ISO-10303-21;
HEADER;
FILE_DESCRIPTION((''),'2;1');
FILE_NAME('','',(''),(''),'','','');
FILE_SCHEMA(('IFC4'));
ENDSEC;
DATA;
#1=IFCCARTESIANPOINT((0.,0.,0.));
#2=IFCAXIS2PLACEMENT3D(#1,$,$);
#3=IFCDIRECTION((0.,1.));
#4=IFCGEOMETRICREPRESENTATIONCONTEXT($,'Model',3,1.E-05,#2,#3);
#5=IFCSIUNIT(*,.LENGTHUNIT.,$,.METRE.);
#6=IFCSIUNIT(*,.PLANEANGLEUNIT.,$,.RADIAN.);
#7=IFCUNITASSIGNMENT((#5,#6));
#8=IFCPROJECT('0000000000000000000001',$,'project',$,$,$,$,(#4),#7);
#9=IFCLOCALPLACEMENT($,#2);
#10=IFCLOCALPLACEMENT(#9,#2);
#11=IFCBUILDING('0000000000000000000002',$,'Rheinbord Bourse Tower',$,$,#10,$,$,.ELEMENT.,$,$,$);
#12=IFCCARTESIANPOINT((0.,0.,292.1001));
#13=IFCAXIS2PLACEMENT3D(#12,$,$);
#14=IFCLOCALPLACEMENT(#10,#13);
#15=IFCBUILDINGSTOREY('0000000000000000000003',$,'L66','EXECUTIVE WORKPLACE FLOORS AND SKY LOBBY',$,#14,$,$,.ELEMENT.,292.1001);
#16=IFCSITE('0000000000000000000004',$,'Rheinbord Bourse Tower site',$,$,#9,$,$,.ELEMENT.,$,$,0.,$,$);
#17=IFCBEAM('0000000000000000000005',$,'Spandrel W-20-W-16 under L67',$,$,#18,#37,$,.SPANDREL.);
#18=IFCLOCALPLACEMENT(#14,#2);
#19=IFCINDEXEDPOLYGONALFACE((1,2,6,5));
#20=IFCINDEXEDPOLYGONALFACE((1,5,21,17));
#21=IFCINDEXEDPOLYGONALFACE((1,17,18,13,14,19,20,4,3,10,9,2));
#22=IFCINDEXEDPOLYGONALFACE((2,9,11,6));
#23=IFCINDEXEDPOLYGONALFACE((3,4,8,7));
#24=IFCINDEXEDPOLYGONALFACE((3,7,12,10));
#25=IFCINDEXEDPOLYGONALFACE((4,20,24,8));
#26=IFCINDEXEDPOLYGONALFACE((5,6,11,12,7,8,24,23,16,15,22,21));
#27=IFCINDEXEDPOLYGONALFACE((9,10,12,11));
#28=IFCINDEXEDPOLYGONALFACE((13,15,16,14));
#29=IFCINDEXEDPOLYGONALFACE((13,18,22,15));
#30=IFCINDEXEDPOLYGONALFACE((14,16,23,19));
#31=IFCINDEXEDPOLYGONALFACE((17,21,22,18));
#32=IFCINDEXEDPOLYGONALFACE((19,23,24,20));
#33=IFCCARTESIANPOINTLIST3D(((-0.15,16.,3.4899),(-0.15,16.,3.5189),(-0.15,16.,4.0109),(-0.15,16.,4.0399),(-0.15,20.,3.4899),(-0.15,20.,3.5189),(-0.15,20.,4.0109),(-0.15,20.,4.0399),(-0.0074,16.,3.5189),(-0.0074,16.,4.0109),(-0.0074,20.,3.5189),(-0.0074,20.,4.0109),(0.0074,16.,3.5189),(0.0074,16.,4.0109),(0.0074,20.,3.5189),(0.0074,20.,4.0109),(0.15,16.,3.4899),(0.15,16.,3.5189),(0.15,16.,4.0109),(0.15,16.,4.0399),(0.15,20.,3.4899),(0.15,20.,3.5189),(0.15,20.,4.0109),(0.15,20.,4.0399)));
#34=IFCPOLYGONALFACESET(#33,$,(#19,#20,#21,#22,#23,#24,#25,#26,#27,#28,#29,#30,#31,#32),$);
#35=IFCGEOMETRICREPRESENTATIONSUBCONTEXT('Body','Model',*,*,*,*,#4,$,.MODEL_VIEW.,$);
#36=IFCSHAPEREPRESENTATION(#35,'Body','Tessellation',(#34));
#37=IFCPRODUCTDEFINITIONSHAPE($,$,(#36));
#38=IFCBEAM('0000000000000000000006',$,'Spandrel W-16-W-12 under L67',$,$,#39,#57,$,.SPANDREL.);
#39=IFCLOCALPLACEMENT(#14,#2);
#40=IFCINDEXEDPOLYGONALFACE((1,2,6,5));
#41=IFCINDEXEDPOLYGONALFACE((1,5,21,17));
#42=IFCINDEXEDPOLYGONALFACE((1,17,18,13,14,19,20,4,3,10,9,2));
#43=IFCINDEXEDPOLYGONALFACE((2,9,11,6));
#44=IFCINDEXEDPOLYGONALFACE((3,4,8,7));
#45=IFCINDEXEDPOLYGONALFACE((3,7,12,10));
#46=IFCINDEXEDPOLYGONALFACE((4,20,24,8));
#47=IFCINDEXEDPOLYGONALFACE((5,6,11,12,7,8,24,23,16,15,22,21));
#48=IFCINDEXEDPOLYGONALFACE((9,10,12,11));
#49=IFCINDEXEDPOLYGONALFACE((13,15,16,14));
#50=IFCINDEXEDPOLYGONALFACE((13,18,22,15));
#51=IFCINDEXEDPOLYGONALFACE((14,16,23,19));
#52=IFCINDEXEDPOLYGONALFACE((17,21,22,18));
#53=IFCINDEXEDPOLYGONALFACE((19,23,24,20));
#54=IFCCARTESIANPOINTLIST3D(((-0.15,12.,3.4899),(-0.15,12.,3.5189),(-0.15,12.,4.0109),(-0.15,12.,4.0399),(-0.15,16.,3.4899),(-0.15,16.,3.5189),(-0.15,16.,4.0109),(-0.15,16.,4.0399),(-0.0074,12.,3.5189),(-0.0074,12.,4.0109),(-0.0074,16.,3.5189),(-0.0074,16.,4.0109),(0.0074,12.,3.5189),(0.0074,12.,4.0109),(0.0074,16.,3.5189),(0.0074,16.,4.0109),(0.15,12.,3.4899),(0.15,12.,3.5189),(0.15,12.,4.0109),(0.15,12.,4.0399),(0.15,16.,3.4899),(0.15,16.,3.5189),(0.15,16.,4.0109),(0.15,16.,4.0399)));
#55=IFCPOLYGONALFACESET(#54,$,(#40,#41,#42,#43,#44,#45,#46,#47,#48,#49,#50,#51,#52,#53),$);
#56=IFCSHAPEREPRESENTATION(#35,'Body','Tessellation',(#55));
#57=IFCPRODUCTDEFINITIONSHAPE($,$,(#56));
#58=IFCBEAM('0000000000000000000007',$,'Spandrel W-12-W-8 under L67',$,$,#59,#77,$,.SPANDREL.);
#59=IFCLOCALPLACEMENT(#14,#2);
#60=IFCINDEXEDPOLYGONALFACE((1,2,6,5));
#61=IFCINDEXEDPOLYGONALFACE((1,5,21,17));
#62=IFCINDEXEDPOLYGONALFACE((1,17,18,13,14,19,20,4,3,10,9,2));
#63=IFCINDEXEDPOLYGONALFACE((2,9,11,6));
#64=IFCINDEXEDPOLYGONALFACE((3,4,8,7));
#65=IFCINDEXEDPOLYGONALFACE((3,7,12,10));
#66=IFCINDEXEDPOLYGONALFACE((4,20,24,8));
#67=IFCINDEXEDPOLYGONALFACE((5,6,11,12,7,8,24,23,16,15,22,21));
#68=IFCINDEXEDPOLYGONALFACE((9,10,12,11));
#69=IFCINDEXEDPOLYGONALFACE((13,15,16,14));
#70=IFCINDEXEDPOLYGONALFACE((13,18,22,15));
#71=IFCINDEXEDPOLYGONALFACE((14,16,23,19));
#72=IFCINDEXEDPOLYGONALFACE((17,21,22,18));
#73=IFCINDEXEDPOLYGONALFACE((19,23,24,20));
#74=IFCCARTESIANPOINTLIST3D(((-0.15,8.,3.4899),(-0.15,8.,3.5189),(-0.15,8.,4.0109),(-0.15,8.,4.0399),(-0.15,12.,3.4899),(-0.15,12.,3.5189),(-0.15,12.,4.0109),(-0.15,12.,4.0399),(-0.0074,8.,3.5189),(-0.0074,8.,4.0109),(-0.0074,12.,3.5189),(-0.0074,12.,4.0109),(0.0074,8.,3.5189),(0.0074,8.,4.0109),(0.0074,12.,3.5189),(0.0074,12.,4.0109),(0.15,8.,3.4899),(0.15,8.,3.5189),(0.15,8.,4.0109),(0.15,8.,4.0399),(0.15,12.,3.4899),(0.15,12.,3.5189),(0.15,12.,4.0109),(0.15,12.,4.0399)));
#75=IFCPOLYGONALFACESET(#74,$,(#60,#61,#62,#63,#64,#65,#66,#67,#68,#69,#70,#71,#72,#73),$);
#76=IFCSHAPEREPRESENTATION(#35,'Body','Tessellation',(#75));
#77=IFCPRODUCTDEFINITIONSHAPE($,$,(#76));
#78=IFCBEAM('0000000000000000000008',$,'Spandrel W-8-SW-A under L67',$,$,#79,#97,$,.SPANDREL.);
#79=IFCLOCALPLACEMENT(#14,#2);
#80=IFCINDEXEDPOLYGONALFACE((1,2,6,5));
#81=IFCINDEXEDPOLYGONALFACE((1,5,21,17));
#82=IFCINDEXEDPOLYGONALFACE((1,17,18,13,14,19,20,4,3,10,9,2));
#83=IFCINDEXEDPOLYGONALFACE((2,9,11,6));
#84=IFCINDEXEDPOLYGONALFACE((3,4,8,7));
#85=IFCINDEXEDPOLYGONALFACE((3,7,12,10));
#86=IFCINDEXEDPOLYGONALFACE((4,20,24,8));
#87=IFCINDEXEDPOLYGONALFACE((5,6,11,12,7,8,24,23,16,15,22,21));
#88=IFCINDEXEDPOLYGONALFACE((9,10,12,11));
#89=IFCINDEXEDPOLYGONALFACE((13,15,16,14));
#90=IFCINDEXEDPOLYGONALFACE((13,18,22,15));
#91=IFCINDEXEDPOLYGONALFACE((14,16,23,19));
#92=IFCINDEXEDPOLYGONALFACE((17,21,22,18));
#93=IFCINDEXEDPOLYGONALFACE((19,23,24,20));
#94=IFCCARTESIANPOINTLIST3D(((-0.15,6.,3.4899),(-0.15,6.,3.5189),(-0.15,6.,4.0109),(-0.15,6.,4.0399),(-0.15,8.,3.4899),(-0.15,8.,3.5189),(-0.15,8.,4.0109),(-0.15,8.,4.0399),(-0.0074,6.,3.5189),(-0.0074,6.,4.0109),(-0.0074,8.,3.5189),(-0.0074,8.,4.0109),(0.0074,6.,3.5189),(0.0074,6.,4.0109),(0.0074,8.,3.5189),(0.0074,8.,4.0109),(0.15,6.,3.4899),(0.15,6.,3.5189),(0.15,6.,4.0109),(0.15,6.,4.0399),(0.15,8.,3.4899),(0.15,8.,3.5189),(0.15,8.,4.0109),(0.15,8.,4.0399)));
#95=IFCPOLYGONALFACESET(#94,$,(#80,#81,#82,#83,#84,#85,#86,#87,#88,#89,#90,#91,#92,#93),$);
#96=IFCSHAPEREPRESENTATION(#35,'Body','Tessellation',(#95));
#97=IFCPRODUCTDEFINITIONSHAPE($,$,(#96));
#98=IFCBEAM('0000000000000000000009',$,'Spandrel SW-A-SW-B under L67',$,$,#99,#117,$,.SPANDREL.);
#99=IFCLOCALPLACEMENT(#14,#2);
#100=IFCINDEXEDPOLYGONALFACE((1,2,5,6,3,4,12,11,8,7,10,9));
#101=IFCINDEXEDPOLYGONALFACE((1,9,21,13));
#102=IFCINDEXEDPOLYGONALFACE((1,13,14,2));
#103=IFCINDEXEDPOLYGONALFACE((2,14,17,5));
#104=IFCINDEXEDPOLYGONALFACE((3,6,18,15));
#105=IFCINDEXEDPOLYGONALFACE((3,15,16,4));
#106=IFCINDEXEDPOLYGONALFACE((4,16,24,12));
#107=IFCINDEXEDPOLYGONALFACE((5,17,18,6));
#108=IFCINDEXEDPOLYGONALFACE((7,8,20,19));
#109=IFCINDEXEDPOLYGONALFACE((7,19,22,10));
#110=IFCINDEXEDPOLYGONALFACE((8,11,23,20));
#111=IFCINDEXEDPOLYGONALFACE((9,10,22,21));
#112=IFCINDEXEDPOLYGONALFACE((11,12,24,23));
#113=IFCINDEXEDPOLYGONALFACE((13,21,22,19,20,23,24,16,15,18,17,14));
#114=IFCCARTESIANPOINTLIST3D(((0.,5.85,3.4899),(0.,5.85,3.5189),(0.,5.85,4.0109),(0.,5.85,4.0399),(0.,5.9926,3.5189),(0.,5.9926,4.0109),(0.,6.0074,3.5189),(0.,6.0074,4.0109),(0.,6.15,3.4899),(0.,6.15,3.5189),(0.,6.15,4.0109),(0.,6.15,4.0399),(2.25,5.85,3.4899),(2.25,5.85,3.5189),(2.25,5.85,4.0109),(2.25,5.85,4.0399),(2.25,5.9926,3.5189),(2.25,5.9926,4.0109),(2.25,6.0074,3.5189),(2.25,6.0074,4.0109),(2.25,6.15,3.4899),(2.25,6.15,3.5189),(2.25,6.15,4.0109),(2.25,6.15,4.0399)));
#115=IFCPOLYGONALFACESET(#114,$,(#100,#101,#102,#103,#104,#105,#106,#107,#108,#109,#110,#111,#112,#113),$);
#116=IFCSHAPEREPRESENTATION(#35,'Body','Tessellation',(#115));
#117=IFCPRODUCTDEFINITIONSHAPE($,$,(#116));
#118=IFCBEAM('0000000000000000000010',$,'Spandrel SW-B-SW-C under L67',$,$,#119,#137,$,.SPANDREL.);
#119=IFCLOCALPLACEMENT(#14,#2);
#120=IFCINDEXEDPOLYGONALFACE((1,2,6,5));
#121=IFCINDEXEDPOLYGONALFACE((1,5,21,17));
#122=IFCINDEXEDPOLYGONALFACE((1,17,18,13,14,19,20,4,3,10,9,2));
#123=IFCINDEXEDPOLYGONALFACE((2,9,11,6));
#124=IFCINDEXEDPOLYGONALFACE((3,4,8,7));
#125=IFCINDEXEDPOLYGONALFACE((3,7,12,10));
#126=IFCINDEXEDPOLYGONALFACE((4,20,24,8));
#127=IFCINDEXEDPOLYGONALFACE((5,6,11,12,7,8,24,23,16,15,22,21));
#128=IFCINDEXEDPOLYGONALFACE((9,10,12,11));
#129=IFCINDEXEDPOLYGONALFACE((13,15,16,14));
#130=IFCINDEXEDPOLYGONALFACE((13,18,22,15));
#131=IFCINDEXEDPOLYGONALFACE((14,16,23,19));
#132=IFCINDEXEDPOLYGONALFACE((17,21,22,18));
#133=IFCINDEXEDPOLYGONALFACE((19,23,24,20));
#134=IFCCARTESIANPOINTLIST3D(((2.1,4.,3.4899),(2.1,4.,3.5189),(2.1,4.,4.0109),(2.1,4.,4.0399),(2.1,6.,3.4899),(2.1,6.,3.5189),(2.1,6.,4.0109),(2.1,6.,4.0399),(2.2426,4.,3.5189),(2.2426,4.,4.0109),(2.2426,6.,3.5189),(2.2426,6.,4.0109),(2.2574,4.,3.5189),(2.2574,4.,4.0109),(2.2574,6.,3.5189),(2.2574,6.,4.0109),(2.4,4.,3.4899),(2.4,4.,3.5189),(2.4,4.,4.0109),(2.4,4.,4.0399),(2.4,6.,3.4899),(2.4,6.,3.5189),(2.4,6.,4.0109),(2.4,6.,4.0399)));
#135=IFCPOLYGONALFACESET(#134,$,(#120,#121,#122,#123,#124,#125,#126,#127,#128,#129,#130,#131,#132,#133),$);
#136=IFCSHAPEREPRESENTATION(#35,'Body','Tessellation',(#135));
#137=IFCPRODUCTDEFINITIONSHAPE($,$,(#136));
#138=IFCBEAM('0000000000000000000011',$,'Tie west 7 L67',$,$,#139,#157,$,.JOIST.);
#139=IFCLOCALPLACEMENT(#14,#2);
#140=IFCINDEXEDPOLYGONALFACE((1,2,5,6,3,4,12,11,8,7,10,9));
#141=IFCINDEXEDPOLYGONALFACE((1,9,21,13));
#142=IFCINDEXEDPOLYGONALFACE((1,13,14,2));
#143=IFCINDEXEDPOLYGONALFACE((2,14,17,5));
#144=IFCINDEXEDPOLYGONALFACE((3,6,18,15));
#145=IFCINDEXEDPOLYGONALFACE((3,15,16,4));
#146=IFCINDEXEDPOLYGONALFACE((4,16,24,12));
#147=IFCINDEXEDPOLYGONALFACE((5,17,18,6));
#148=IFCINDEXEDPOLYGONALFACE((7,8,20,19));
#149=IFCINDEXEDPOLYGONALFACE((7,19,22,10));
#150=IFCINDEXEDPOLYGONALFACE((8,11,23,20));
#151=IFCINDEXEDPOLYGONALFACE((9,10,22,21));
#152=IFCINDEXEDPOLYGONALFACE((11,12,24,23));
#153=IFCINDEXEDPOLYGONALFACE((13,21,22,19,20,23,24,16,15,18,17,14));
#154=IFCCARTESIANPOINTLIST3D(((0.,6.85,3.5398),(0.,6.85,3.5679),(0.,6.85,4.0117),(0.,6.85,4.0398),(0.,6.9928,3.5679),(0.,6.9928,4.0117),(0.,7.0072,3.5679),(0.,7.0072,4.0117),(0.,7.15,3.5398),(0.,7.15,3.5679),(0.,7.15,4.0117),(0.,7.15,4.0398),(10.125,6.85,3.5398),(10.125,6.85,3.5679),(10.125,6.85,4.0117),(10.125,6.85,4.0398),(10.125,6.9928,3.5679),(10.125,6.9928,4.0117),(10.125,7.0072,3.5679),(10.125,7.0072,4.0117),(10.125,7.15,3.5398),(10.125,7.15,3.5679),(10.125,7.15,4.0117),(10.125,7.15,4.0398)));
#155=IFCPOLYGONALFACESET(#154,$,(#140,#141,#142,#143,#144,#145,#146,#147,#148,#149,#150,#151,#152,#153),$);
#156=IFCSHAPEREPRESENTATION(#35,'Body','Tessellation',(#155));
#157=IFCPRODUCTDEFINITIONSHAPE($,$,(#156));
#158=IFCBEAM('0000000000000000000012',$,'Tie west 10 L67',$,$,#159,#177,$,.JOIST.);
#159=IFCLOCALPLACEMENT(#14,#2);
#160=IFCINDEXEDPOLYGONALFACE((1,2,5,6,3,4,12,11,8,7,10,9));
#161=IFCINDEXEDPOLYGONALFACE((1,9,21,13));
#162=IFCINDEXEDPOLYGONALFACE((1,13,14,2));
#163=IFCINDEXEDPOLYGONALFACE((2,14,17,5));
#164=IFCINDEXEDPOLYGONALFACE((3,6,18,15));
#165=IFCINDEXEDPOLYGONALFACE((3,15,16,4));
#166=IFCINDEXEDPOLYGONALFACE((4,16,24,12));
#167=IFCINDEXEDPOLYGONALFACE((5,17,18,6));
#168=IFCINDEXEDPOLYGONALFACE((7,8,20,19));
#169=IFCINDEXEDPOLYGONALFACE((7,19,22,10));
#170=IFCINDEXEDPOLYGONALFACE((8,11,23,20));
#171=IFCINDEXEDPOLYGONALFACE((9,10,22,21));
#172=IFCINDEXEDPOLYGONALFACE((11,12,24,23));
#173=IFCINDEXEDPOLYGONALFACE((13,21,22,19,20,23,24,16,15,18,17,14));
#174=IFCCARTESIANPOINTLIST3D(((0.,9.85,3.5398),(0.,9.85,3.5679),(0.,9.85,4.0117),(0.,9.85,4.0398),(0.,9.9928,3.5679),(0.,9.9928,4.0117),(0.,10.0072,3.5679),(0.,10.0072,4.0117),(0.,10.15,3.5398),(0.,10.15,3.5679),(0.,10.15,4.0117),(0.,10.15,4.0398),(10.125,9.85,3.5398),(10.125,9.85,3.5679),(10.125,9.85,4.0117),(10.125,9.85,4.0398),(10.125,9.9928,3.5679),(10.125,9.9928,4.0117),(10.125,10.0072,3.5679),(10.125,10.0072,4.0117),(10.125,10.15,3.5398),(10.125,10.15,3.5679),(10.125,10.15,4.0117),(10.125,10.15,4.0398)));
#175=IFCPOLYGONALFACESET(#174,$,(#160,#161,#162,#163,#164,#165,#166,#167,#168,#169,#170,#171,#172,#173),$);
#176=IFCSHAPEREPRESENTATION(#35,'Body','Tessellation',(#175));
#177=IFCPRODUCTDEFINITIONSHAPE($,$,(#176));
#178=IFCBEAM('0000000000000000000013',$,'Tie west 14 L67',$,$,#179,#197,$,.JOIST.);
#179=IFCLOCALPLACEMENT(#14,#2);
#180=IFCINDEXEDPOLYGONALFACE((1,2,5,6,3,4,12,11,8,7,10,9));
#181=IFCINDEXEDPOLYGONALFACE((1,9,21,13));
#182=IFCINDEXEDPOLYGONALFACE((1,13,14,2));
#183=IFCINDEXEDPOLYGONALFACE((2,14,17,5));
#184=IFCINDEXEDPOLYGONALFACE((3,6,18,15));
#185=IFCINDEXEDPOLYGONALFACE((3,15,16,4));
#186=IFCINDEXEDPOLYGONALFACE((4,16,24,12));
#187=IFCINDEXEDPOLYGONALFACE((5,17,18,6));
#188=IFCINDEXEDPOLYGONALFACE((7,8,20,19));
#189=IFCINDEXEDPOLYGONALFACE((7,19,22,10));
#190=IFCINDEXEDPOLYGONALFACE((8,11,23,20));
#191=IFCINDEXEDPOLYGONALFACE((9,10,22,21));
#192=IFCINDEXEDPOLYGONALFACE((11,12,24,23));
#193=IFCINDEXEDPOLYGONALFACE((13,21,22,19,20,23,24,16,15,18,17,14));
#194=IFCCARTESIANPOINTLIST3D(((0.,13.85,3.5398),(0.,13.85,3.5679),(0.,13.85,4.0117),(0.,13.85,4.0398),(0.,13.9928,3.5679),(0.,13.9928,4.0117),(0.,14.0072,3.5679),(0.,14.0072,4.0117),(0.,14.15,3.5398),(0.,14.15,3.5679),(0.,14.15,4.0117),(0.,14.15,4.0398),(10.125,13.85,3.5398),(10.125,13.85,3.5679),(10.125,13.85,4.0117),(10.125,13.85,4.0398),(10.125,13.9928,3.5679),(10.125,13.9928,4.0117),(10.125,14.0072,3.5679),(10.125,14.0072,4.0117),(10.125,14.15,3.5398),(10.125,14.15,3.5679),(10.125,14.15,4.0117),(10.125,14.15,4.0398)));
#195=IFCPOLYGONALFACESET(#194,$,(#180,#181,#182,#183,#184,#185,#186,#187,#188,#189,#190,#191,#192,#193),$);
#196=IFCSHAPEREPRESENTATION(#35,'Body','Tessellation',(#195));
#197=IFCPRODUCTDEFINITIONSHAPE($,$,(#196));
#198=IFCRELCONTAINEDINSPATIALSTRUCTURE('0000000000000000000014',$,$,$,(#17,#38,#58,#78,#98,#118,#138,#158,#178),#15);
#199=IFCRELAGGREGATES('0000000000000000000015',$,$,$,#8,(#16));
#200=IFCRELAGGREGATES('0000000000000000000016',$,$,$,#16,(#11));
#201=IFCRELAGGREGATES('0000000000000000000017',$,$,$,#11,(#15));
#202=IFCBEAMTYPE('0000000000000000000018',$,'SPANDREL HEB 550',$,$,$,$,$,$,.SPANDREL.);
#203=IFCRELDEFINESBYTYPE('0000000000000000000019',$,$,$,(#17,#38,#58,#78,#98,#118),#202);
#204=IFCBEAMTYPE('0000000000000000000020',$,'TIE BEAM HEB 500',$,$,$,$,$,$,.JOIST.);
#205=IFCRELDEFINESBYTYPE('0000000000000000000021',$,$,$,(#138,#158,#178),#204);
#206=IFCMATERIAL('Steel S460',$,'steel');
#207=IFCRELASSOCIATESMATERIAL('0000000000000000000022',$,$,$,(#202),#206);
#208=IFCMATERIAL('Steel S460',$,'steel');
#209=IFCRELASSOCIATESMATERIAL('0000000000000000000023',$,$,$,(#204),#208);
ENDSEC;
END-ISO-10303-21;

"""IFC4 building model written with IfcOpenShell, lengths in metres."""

from ifc_helpers import new_model, si_unit, direction, frame, origin, origin_2d, place, context, subcontext, project, spatial, i_section, extrude, material, material_profile, profile_set, type_object, element, save


model = new_model("IFC4")

# Units and contexts
model_context = context("Model", 3, precision=1e-05, world=origin(), true_north=direction((0.0, 1.0)))
body_context = subcontext(model_context, "Body", "Model", "MODEL_VIEW")
ifc_project = project(units=[si_unit("LENGTHUNIT", "METRE"), si_unit("PLANEANGLEUNIT", "RADIAN")], contexts=[model_context])

# Site, building, storey
site_placement = place(None, origin())
site = spatial("IfcSite", under=ifc_project, at=site_placement, Name="Rheinbord Bourse Tower site", CompositionType="ELEMENT", RefElevation=0.0)
building_placement = place(site_placement, origin())
building = spatial("IfcBuilding", under=site, at=building_placement, Name="Rheinbord Bourse Tower", CompositionType="ELEMENT")
storey_placement = place(building_placement, frame((0.0, 0.0, 292.1001)))
storey = spatial("IfcBuildingStorey", under=building, at=storey_placement, Name="L66", Description="EXECUTIVE WORKPLACE FLOORS AND SKY LOBBY", CompositionType="ELEMENT", Elevation=292.1001)

# Beams
ifc_material_1 = material(Name="Steel S460", Category="steel")
ifc_material_profile_1 = material_profile(ifc_material_1, i_section(OverallWidth=0.3, OverallDepth=0.55, WebThickness=0.0149, FlangeThickness=0.0291, at=origin_2d()), Name="HEB 550")
ifc_profile_set_1 = profile_set([ifc_material_profile_1], Name="Steel S460")
beam_type_1 = type_object("IfcBeamType", Name="SPANDREL HEB 550", PredefinedType="SPANDREL", material=ifc_profile_set_1)
for number, where, z_axis, x_axis, name in (
    (1, (0.0, 20.0, 3.7649), (0.0, -1.0, 0.0), (1.0, 0.0, 0.0), "Spandrel W-20-W-16 under L67"),
    (2, (0.0, 16.0, 3.7649), (0.0, -1.0, 0.0), (1.0, 0.0, 0.0), "Spandrel W-16-W-12 under L67"),
    (3, (0.0, 12.0, 3.7649), (0.0, -1.0, 0.0), (1.0, 0.0, 0.0), "Spandrel W-12-W-8 under L67"),
):
    element("IfcBeam", number, at=place(storey_placement, frame(where, z_axis=z_axis, x_axis=x_axis)), inside=storey, type_object=beam_type_1, Name=name, PredefinedType="SPANDREL", context=body_context, shape_type="SweptSolid", body=[
        extrude(i_section(OverallWidth=0.3, OverallDepth=0.55, WebThickness=0.0149, FlangeThickness=0.0291, at=origin_2d()), origin(), (0.0, 0.0, 1.0), 4.0),
    ])
beam_1_placement = place(storey_placement, frame((0.0, 8.0, 3.7649), z_axis=(0.0, -1.0, 0.0), x_axis=(1.0, 0.0, 0.0)))
element("IfcBeam", 4, at=beam_1_placement, inside=storey, type_object=beam_type_1, Name="Spandrel W-8-SW-A under L67", PredefinedType="SPANDREL", context=body_context, shape_type="SweptSolid", body=[
    extrude(i_section(OverallWidth=0.3, OverallDepth=0.55, WebThickness=0.0149, FlangeThickness=0.0291, at=origin_2d()), origin(), (0.0, 0.0, 1.0), 2.0),
])
beam_2_placement = place(storey_placement, frame((0.0, 6.0, 3.7649), z_axis=(1.0, 0.0, 0.0), x_axis=(0.0, 1.0, 0.0)))
element("IfcBeam", 5, at=beam_2_placement, inside=storey, type_object=beam_type_1, Name="Spandrel SW-A-SW-B under L67", PredefinedType="SPANDREL", context=body_context, shape_type="SweptSolid", body=[
    extrude(i_section(OverallWidth=0.3, OverallDepth=0.55, WebThickness=0.0149, FlangeThickness=0.0291, at=origin_2d()), origin(), (0.0, 0.0, 1.0), 2.25),
])
beam_3_placement = place(storey_placement, frame((2.25, 6.0, 3.7649), z_axis=(0.0, -1.0, 0.0), x_axis=(1.0, 0.0, 0.0)))
element("IfcBeam", 6, at=beam_3_placement, inside=storey, type_object=beam_type_1, Name="Spandrel SW-B-SW-C under L67", PredefinedType="SPANDREL", context=body_context, shape_type="SweptSolid", body=[
    extrude(i_section(OverallWidth=0.3, OverallDepth=0.55, WebThickness=0.0149, FlangeThickness=0.0291, at=origin_2d()), origin(), (0.0, 0.0, 1.0), 2.0),
])
ifc_material_2 = material(Name="Steel S460", Category="steel")
ifc_material_profile_2 = material_profile(ifc_material_2, i_section(OverallWidth=0.3, OverallDepth=0.5, WebThickness=0.0144, FlangeThickness=0.0281, at=origin_2d()), Name="HEB 500")
ifc_profile_set_2 = profile_set([ifc_material_profile_2], Name="Steel S460")
beam_type_2 = type_object("IfcBeamType", Name="TIE BEAM HEB 500", PredefinedType="JOIST", material=ifc_profile_set_2)
for number, where, z_axis, x_axis, name in (
    (7, (0.0, 7.0, 3.7898), (1.0, 0.0, 0.0), (0.0, 1.0, 0.0), "Tie west 7 L67"),
    (8, (0.0, 10.0, 3.7898), (1.0, 0.0, 0.0), (0.0, 1.0, 0.0), "Tie west 10 L67"),
    (9, (0.0, 14.0, 3.7898), (1.0, 0.0, 0.0), (0.0, 1.0, 0.0), "Tie west 14 L67"),
):
    element("IfcBeam", number, at=place(storey_placement, frame(where, z_axis=z_axis, x_axis=x_axis)), inside=storey, type_object=beam_type_2, Name=name, PredefinedType="JOIST", context=body_context, shape_type="SweptSolid", body=[
        extrude(i_section(OverallWidth=0.3, OverallDepth=0.5, WebThickness=0.0144, FlangeThickness=0.0281, at=origin_2d()), origin(), (0.0, 0.0, 1.0), 10.125),
    ])

save(model, "model.ifc")
